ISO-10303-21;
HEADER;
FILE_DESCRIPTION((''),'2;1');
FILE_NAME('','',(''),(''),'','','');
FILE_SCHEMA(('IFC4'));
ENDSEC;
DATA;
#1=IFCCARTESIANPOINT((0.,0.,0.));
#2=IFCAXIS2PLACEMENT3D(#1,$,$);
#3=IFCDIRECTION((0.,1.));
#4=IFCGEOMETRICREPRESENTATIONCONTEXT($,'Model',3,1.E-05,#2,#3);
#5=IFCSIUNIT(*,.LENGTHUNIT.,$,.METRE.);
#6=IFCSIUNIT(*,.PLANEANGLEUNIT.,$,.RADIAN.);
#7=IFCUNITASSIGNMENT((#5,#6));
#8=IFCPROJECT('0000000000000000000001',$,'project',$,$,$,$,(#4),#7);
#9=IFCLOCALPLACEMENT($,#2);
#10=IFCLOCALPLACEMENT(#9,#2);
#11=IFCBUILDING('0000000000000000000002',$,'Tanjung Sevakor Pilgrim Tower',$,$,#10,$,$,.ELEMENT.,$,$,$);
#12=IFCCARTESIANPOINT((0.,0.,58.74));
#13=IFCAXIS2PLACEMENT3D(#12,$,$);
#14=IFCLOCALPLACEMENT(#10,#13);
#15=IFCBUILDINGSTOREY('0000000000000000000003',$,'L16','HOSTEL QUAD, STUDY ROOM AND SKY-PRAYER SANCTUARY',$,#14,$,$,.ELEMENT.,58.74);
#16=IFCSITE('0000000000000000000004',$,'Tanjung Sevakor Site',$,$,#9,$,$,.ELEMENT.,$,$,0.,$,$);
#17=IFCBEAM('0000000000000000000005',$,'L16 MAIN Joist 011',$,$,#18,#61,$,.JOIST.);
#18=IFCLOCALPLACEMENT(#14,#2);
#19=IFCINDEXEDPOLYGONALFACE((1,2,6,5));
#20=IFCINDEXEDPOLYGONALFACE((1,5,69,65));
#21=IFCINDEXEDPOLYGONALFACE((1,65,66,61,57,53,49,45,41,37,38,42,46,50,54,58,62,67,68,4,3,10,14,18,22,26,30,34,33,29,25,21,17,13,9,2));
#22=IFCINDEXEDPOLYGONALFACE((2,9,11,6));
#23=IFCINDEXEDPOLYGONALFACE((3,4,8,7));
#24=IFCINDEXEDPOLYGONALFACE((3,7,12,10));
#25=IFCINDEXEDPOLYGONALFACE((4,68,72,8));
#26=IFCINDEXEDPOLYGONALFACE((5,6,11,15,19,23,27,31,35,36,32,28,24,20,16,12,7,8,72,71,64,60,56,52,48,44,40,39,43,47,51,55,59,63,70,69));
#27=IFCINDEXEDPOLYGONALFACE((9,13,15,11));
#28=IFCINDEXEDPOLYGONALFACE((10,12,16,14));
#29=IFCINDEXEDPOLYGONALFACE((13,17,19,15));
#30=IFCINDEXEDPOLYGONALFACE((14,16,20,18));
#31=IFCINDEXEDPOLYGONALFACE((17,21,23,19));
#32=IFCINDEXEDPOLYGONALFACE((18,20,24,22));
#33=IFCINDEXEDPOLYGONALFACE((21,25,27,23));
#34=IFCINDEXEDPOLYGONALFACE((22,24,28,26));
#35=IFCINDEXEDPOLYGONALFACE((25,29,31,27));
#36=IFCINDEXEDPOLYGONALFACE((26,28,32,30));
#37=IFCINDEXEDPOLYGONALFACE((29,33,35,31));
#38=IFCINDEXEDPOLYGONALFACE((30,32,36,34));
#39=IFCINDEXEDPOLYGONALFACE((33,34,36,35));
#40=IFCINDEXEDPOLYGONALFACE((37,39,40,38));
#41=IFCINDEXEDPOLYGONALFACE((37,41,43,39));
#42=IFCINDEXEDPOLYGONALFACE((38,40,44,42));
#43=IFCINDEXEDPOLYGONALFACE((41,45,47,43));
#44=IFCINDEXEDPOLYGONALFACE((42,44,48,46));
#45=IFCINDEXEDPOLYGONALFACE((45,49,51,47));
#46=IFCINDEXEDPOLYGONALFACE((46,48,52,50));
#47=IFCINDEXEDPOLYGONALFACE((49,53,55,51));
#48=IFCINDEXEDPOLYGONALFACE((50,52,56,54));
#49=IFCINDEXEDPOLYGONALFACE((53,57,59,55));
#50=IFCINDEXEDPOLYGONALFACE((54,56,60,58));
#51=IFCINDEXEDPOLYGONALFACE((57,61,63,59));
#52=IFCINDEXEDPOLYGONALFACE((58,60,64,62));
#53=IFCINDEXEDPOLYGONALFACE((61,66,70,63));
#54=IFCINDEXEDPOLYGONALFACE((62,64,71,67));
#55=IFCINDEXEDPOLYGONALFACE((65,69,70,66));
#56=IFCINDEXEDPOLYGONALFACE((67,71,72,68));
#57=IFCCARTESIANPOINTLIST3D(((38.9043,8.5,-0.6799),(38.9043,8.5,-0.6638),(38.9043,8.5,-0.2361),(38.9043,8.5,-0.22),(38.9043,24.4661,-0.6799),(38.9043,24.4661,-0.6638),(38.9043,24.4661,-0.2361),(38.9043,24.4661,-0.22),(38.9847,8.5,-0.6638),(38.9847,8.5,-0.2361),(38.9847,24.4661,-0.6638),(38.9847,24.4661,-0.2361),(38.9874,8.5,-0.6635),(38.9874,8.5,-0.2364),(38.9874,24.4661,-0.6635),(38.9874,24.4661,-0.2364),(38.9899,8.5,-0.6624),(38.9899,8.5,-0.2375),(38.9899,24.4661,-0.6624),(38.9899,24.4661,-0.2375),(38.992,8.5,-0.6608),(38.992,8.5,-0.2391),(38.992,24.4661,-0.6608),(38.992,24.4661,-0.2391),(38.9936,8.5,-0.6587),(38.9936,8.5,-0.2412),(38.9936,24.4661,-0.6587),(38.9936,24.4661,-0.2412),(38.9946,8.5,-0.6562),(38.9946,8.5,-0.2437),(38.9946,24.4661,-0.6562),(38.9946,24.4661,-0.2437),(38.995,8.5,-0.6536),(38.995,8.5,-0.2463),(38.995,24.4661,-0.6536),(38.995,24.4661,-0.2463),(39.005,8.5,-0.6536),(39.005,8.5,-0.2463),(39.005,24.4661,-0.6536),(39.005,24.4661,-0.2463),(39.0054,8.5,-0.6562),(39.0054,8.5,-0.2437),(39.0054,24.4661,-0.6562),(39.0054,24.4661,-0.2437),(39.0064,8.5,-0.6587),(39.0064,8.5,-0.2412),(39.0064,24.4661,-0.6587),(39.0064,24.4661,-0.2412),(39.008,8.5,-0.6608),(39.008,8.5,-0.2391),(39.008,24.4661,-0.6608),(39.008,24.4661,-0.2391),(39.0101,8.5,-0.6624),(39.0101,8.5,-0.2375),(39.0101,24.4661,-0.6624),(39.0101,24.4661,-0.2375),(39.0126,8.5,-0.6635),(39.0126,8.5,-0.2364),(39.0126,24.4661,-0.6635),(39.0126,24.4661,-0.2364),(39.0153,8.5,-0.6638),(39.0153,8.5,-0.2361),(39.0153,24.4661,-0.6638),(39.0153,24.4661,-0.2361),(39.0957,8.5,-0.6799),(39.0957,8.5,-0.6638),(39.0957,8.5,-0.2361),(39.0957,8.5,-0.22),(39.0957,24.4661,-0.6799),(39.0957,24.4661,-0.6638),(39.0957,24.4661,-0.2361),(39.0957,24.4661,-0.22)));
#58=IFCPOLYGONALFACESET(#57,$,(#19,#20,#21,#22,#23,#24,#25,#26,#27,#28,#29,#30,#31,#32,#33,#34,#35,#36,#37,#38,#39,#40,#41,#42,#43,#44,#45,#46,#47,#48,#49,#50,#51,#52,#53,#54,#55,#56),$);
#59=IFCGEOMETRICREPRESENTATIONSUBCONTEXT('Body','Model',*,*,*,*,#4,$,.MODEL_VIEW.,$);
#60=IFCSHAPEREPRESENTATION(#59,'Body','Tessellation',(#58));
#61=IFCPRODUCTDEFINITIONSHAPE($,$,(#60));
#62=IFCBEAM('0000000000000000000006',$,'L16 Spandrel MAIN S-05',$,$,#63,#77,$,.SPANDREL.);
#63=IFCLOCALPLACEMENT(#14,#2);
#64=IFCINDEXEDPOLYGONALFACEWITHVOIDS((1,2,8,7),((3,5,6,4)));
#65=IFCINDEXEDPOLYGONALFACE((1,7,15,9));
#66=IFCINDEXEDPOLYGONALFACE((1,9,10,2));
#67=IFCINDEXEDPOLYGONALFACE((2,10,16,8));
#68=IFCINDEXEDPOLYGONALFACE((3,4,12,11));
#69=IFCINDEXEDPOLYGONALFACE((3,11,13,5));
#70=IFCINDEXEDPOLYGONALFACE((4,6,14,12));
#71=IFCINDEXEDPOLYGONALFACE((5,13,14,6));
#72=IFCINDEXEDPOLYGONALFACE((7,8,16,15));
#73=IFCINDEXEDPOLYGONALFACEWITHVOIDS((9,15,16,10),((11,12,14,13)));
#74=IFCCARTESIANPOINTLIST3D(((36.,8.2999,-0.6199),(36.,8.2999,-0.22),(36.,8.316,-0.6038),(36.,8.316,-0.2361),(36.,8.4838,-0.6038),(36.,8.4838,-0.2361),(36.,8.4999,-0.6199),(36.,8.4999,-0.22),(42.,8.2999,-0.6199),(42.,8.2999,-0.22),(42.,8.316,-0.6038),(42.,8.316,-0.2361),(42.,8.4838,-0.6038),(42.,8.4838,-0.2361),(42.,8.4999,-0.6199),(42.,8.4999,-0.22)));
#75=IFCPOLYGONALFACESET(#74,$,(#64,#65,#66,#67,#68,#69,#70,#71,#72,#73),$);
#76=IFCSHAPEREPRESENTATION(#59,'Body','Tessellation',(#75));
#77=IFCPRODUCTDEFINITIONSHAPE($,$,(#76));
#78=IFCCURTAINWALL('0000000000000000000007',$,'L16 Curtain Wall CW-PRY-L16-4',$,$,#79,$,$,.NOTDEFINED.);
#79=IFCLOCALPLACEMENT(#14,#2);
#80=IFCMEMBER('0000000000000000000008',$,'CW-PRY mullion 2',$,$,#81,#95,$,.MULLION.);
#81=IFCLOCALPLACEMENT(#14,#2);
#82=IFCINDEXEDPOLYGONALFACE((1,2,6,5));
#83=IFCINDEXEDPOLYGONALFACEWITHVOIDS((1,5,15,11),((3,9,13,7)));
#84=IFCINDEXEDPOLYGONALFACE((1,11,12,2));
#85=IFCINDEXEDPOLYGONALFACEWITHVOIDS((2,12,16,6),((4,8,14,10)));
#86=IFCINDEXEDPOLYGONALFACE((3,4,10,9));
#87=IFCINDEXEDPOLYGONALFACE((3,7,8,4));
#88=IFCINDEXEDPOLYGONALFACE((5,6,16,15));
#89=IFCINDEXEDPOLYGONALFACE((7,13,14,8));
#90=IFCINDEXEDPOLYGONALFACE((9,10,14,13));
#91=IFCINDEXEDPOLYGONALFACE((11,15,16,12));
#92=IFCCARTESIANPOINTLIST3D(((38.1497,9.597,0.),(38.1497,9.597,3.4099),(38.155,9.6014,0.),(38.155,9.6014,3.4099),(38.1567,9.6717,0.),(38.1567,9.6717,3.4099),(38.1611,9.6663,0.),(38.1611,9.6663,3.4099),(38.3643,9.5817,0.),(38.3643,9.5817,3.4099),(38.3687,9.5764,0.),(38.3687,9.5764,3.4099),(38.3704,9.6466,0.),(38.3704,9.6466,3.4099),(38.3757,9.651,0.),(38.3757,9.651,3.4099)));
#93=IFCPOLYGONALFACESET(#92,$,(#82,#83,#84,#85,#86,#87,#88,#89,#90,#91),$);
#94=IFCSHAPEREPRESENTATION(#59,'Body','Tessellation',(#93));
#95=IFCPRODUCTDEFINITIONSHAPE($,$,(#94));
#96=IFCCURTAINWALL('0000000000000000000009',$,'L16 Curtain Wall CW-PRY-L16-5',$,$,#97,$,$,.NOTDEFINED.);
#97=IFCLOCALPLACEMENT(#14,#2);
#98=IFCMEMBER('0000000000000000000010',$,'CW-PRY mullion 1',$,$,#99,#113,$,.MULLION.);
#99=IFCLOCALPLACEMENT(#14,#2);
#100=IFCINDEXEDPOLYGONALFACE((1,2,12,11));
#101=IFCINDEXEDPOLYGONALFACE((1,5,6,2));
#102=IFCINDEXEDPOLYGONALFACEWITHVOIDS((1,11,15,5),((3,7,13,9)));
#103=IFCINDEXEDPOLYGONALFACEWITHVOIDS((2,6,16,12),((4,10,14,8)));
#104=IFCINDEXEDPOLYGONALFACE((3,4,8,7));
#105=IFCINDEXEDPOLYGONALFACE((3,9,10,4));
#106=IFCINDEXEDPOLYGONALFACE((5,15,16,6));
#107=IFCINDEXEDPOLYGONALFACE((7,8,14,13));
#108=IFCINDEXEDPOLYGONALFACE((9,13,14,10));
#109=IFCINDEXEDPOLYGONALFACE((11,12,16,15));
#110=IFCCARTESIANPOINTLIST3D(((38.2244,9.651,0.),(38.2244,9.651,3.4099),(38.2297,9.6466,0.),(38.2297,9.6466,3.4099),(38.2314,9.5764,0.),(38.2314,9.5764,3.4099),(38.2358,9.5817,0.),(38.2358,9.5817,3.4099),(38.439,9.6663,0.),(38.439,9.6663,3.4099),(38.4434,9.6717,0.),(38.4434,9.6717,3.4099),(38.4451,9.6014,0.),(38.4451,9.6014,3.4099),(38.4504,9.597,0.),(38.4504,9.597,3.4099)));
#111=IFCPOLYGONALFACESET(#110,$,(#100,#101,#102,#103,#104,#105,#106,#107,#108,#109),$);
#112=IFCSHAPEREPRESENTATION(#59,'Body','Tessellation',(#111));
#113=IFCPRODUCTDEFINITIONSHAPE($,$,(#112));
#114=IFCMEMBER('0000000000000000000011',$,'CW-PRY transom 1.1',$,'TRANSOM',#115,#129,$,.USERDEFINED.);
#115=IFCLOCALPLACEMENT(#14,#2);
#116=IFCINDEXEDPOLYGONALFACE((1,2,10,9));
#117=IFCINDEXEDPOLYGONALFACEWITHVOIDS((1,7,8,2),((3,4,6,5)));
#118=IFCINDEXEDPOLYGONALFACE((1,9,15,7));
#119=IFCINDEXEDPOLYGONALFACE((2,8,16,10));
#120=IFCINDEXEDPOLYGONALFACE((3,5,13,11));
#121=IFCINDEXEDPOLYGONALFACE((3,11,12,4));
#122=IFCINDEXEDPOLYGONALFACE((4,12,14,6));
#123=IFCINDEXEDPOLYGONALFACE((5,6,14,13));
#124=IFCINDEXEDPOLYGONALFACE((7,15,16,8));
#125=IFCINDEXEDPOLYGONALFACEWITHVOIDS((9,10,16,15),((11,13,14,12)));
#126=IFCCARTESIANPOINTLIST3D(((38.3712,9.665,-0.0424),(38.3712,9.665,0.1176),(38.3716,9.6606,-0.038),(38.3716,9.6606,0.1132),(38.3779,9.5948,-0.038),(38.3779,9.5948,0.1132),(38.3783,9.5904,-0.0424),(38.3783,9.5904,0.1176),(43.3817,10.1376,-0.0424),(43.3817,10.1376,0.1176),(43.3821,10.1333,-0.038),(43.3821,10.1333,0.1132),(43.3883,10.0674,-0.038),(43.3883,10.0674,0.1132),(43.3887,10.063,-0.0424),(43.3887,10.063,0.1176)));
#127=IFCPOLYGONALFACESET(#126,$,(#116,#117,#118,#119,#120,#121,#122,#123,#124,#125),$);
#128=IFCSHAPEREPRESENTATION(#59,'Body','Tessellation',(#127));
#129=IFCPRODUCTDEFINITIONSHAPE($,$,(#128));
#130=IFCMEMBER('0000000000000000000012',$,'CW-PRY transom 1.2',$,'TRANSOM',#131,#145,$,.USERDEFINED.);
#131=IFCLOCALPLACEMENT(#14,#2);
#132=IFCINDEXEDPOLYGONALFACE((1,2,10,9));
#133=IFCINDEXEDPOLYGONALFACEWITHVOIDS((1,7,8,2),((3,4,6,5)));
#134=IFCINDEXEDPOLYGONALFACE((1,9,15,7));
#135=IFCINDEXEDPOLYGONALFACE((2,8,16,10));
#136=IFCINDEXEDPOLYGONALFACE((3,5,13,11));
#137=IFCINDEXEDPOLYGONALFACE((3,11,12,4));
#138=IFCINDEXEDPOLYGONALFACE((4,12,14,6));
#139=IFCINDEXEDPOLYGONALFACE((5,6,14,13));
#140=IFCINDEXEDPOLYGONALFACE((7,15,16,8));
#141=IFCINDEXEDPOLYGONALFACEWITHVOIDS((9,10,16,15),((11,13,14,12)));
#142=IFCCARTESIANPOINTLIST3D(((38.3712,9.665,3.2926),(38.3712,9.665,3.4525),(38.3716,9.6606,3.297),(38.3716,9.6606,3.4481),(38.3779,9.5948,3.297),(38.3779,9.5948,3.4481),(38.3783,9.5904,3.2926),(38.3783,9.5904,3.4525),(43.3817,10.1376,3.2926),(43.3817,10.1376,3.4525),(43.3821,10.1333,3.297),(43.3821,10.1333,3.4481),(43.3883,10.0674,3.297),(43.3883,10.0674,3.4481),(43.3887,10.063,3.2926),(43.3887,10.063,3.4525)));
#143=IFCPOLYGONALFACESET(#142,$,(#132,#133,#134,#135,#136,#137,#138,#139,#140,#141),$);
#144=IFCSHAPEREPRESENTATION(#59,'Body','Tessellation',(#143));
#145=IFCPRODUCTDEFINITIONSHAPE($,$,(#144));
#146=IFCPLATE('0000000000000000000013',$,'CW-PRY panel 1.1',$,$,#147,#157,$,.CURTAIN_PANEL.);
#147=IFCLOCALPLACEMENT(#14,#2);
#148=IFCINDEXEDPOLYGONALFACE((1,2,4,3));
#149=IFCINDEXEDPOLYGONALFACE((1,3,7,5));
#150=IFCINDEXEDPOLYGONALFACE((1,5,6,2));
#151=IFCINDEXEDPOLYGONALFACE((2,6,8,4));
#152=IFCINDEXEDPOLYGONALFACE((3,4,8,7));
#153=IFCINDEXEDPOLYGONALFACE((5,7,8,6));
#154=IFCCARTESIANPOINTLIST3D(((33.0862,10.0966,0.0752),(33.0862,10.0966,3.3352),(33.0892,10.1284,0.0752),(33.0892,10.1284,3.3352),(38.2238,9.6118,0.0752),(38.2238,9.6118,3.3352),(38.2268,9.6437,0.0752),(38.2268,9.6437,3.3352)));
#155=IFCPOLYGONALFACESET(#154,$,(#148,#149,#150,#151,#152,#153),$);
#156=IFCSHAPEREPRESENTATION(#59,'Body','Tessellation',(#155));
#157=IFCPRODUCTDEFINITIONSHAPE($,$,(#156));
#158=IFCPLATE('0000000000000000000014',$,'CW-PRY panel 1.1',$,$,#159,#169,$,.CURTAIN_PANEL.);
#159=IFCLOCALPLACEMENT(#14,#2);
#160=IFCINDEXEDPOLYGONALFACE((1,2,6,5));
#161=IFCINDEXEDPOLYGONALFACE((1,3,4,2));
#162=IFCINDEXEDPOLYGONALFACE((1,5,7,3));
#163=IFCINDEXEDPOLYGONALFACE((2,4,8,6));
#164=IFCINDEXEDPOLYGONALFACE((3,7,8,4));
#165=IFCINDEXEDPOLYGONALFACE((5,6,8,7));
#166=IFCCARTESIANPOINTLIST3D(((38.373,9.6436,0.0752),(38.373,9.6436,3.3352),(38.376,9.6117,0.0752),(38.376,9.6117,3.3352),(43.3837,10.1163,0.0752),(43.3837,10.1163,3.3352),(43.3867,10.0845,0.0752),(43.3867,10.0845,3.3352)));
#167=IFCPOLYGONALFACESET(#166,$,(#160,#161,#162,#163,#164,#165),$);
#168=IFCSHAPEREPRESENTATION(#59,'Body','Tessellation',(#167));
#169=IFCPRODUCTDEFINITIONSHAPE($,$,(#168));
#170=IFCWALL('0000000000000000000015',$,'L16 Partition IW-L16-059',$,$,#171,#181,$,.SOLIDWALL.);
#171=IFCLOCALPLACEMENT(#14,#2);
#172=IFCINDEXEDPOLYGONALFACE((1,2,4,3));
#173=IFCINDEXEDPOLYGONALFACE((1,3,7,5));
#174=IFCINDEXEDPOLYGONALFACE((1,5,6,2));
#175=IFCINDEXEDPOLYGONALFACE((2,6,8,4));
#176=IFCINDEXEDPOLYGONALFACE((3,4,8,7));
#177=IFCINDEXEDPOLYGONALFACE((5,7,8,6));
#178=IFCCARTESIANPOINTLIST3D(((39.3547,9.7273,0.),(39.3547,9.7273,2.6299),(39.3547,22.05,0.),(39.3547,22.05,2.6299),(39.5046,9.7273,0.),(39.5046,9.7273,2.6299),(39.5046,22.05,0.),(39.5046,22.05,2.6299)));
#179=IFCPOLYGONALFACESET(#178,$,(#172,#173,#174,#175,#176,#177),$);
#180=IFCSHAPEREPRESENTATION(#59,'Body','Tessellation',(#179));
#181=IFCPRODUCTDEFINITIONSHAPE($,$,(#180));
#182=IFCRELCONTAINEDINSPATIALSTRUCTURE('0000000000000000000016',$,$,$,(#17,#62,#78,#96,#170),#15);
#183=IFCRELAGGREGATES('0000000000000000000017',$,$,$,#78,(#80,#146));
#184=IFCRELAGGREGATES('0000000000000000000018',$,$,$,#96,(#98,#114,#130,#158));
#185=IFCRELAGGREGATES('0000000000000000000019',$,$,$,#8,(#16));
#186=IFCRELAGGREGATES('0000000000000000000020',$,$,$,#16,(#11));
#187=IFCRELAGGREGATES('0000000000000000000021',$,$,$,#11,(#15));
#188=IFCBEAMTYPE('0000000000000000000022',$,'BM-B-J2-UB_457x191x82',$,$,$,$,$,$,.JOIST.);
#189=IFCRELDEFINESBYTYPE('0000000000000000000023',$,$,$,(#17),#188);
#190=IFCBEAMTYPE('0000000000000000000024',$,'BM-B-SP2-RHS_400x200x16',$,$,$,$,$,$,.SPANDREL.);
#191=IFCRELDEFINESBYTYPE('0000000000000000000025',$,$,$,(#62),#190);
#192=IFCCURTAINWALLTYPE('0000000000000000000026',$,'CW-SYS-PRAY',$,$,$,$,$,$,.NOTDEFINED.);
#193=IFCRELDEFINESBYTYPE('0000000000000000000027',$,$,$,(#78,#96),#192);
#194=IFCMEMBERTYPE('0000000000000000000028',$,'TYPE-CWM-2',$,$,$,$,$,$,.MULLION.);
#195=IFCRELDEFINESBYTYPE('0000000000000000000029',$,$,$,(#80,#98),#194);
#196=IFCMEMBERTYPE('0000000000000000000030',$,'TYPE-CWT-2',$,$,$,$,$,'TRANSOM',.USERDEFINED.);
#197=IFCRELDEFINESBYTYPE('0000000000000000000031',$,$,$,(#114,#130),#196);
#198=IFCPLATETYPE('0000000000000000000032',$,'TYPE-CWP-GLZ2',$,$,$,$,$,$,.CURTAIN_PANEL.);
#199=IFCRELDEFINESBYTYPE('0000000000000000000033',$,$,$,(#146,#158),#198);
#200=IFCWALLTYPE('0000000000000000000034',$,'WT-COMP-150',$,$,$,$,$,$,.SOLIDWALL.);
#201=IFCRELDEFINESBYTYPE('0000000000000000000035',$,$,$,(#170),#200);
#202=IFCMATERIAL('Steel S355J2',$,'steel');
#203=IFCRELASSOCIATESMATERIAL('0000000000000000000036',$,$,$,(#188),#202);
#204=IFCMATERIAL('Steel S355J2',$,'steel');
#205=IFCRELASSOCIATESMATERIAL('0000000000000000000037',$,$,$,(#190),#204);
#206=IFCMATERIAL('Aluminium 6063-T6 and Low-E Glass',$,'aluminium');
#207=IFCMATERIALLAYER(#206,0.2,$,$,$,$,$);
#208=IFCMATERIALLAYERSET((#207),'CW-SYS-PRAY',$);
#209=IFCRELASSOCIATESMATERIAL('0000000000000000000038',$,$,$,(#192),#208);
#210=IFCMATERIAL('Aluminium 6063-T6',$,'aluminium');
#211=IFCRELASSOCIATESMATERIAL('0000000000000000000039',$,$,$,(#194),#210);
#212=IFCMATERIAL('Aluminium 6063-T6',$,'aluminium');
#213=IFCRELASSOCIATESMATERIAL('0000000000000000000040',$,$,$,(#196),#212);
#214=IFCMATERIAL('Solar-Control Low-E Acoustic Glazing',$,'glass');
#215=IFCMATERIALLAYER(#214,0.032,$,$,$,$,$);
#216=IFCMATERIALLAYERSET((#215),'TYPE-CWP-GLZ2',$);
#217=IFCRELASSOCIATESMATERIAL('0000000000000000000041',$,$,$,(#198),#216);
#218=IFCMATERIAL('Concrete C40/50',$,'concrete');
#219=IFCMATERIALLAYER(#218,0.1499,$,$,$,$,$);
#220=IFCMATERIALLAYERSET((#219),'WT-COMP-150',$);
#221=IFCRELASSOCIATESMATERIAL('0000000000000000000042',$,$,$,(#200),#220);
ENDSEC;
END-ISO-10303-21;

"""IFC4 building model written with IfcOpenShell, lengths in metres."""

from ifc_helpers import new_model, si_unit, direction, frame, frame_2d, origin, origin_2d, place, context, subcontext, project, spatial, rectangle, hollow_rectangle, i_section, extrude, material, layer, layer_set, material_profile, profile_set, type_object, element, aggregate, save


model = new_model("IFC4")

# Units and contexts
model_context = context("Model", 3, precision=1e-05, world=origin(), true_north=direction((0.0, 1.0)))
body_context = subcontext(model_context, "Body", "Model", "MODEL_VIEW")
ifc_project = project(units=[si_unit("LENGTHUNIT", "METRE"), si_unit("PLANEANGLEUNIT", "RADIAN")], contexts=[model_context])

# Site, building, storey
site_placement = place(None, origin())
site = spatial("IfcSite", under=ifc_project, at=site_placement, Name="Tanjung Sevakor Site", CompositionType="ELEMENT", RefElevation=0.0)
building_placement = place(site_placement, origin())
building = spatial("IfcBuilding", under=site, at=building_placement, Name="Tanjung Sevakor Pilgrim Tower", CompositionType="ELEMENT")
storey_placement = place(building_placement, frame((0.0, 0.0, 58.74)))
storey = spatial("IfcBuildingStorey", under=building, at=storey_placement, Name="L16", Description="HOSTEL QUAD, STUDY ROOM AND SKY-PRAYER SANCTUARY", CompositionType="ELEMENT", Elevation=58.74)

# Beams
ifc_material_1 = material(Name="Steel S355J2", Category="steel")
ifc_material_profile_1 = material_profile(ifc_material_1, i_section(OverallWidth=0.1914, OverallDepth=0.46, WebThickness=0.01, FlangeThickness=0.0161, FilletRadius=0.0103, at=origin_2d()))
ifc_profile_set_1 = profile_set([ifc_material_profile_1], Name="Steel S355J2")
beam_type_1 = type_object("IfcBeamType", Name="BM-B-J2-UB_457x191x82", PredefinedType="JOIST", material=ifc_profile_set_1)
for number, where, z_axis, x_axis, name in (
    (1, (39.0, 8.5, -0.45), (0.0, 1.0, 0.0), (-1.0, 0.0, 0.0), "L16 MAIN Joist 011"),
):
    element("IfcBeam", number, at=place(storey_placement, frame(where, z_axis=z_axis, x_axis=x_axis)), inside=storey, type_object=beam_type_1, Name=name, PredefinedType="JOIST", context=body_context, shape_type="SweptSolid", body=[
        extrude(i_section(OverallWidth=0.1914, OverallDepth=0.46, WebThickness=0.01, FlangeThickness=0.0161, FilletRadius=0.0103, at=origin_2d()), origin(), (0.0, 0.0, 1.0), 15.9661),
    ])
ifc_material_2 = material(Name="Steel S355J2", Category="steel")
ifc_material_profile_2 = material_profile(ifc_material_2, hollow_rectangle(XDim=0.2, YDim=0.3999, WallThickness=0.0161, at=origin_2d()))
ifc_profile_set_2 = profile_set([ifc_material_profile_2], Name="Steel S355J2")
beam_type_2 = type_object("IfcBeamType", Name="BM-B-SP2-RHS_400x200x16", PredefinedType="SPANDREL", material=ifc_profile_set_2)
beam_1_placement = place(storey_placement, frame((36.0, 8.3999, -0.4199), z_axis=(1.0, 0.0, 0.0), x_axis=(0.0, 1.0, 0.0)))
element("IfcBeam", 2, at=beam_1_placement, inside=storey, type_object=beam_type_2, Name="L16 Spandrel MAIN S-05", PredefinedType="SPANDREL", context=body_context, shape_type="SweptSolid", body=[
    extrude(hollow_rectangle(XDim=0.2, YDim=0.3999, WallThickness=0.0161, at=origin_2d()), origin(), (0.0, 0.0, 1.0), 6.0),
])

# Curtain wall, member
ifc_material_3 = material(Name="Aluminium 6063-T6 and Low-E Glass", Category="aluminium")
ifc_layer_1 = layer(ifc_material_3, 0.2)
ifc_layer_set_1 = layer_set([ifc_layer_1], Name="CW-SYS-PRAY")
curtain_wall_type = type_object("IfcCurtainWallType", Name="CW-SYS-PRAY", PredefinedType="NOTDEFINED", material=ifc_layer_set_1)
curtain_wall_1_placement = place(storey_placement, origin())
curtain_wall_1 = element("IfcCurtainWall", 3, at=curtain_wall_1_placement, inside=storey, type_object=curtain_wall_type, Name="L16 Curtain Wall CW-PRY-L16-4", PredefinedType="NOTDEFINED")
ifc_material_4 = material(Name="Aluminium 6063-T6", Category="aluminium")
ifc_material_profile_3 = material_profile(ifc_material_4, hollow_rectangle(XDim=0.075, YDim=0.22, WallThickness=0.0049, at=origin_2d()))
ifc_profile_set_3 = profile_set([ifc_material_profile_3], Name="Aluminium 6063-T6")
member_type_1 = type_object("IfcMemberType", Name="TYPE-CWM-2", PredefinedType="MULLION", material=ifc_profile_set_3)
member_1_placement = place(storey_placement, frame((38.2627, 9.624, 0.0), z_axis=(0.0, 0.0, 1.0), x_axis=(0.093929, 0.995579, 0.0)))
member_1 = element("IfcMember", 4, at=member_1_placement, type_object=member_type_1, Name="CW-PRY mullion 2", PredefinedType="MULLION", context=body_context, shape_type="SweptSolid", body=[
    extrude(hollow_rectangle(XDim=0.075, YDim=0.22, WallThickness=0.0049, at=origin_2d()), origin(), (0.0, 0.0, 1.0), 3.4099),
])

# Curtain wall, members
curtain_wall_2_placement = place(storey_placement, origin())
curtain_wall_2 = element("IfcCurtainWall", 5, at=curtain_wall_2_placement, inside=storey, type_object=curtain_wall_type, Name="L16 Curtain Wall CW-PRY-L16-5", PredefinedType="NOTDEFINED")
member_2_placement = place(storey_placement, frame((38.3374, 9.624, 0.0), z_axis=(0.0, 0.0, 1.0), x_axis=(-0.093924, 0.995579, 0.0)))
member_2 = element("IfcMember", 6, at=member_2_placement, type_object=member_type_1, Name="CW-PRY mullion 1", PredefinedType="MULLION", context=body_context, shape_type="SweptSolid", body=[
    extrude(hollow_rectangle(XDim=0.075, YDim=0.22, WallThickness=0.0049, at=origin_2d()), origin(), (0.0, 0.0, 1.0), 3.4099),
])
ifc_material_5 = material(Name="Aluminium 6063-T6", Category="aluminium")
ifc_material_profile_4 = material_profile(ifc_material_5, hollow_rectangle(XDim=0.075, YDim=0.1599, WallThickness=0.0044, at=origin_2d()))
ifc_profile_set_4 = profile_set([ifc_material_profile_4], Name="Aluminium 6063-T6")
member_type_2 = type_object("IfcMemberType", Name="TYPE-CWT-2", ElementType="TRANSOM", PredefinedType="USERDEFINED", material=ifc_profile_set_4)
member_3_placement = place(storey_placement, frame((38.3748, 9.6277, 0.0376), z_axis=(0.99558, 0.093916, 0.0), x_axis=(-0.093916, 0.99558, 0.0)))
member_3 = element("IfcMember", 7, at=member_3_placement, type_object=member_type_2, Name="CW-PRY transom 1.1", ObjectType="TRANSOM", PredefinedType="USERDEFINED", context=body_context, shape_type="SweptSolid", body=[
    extrude(hollow_rectangle(XDim=0.075, YDim=0.1599, WallThickness=0.0044, at=origin_2d()), origin(), (0.0, 0.0, 1.0), 5.0327),
])
member_4_placement = place(storey_placement, frame((38.3748, 9.6277, 3.3726), z_axis=(0.99558, 0.093916, 0.0), x_axis=(-0.093916, 0.99558, 0.0)))
member_4 = element("IfcMember", 8, at=member_4_placement, type_object=member_type_2, Name="CW-PRY transom 1.2", ObjectType="TRANSOM", PredefinedType="USERDEFINED", context=body_context, shape_type="SweptSolid", body=[
    extrude(hollow_rectangle(XDim=0.075, YDim=0.1599, WallThickness=0.0044, at=origin_2d()), origin(), (0.0, 0.0, 1.0), 5.0327),
])

# Plates
ifc_material_6 = material(Name="Solar-Control Low-E Acoustic Glazing", Category="glass")
ifc_layer_2 = layer(ifc_material_6, 0.032)
ifc_layer_set_2 = layer_set([ifc_layer_2], Name="TYPE-CWP-GLZ2")
plate_type = type_object("IfcPlateType", Name="TYPE-CWP-GLZ2", PredefinedType="CURTAIN_PANEL", material=ifc_layer_set_2)
plate_1_placement = place(storey_placement, frame((35.6565, 9.8701, 0.0752), z_axis=(0.0, 0.0, 1.0), x_axis=(0.995579, -0.093929, 0.0)))
plate_1 = element("IfcPlate", 9, at=plate_1_placement, type_object=plate_type, Name="CW-PRY panel 1.1", PredefinedType="CURTAIN_PANEL", context=body_context, shape_type="SweptSolid", body=[
    extrude(rectangle(XDim=5.1604, YDim=0.032, at=origin_2d()), origin(), (0.0, 0.0, 1.0), 3.26),
])
aggregate(curtain_wall_1, [member_1, plate_1])
plate_2_placement = place(storey_placement, frame((40.8799, 9.864, 0.0752), z_axis=(0.0, 0.0, 1.0), x_axis=(0.995579, 0.093924, 0.0)))
plate_2 = element("IfcPlate", 10, at=plate_2_placement, type_object=plate_type, Name="CW-PRY panel 1.1", PredefinedType="CURTAIN_PANEL", context=body_context, shape_type="SweptSolid", body=[
    extrude(rectangle(XDim=5.033, YDim=0.032, at=origin_2d()), origin(), (0.0, 0.0, 1.0), 3.26),
])
aggregate(curtain_wall_2, [member_2, member_3, member_4, plate_2])

# Wall
ifc_material_7 = material(Name="Concrete C40/50", Category="concrete")
ifc_layer_3 = layer(ifc_material_7, 0.1499)
ifc_layer_set_3 = layer_set([ifc_layer_3], Name="WT-COMP-150")
wall_type = type_object("IfcWallType", Name="WT-COMP-150", PredefinedType="SOLIDWALL", material=ifc_layer_set_3)
wall_placement = place(storey_placement, frame((39.4297, 9.7273, 0.0), z_axis=(0.0, 0.0, 1.0), x_axis=(0.0, 1.0, 0.0)))
element("IfcWall", 11, at=wall_placement, inside=storey, type_object=wall_type, Name="L16 Partition IW-L16-059", PredefinedType="SOLIDWALL", context=body_context, shape_type="SweptSolid", body=[
    extrude(rectangle(XDim=12.3228, YDim=0.1499, at=frame_2d((6.1614, 0.0))), origin(), (0.0, 0.0, 1.0), 2.6299),
])

save(model, "model.ifc")
